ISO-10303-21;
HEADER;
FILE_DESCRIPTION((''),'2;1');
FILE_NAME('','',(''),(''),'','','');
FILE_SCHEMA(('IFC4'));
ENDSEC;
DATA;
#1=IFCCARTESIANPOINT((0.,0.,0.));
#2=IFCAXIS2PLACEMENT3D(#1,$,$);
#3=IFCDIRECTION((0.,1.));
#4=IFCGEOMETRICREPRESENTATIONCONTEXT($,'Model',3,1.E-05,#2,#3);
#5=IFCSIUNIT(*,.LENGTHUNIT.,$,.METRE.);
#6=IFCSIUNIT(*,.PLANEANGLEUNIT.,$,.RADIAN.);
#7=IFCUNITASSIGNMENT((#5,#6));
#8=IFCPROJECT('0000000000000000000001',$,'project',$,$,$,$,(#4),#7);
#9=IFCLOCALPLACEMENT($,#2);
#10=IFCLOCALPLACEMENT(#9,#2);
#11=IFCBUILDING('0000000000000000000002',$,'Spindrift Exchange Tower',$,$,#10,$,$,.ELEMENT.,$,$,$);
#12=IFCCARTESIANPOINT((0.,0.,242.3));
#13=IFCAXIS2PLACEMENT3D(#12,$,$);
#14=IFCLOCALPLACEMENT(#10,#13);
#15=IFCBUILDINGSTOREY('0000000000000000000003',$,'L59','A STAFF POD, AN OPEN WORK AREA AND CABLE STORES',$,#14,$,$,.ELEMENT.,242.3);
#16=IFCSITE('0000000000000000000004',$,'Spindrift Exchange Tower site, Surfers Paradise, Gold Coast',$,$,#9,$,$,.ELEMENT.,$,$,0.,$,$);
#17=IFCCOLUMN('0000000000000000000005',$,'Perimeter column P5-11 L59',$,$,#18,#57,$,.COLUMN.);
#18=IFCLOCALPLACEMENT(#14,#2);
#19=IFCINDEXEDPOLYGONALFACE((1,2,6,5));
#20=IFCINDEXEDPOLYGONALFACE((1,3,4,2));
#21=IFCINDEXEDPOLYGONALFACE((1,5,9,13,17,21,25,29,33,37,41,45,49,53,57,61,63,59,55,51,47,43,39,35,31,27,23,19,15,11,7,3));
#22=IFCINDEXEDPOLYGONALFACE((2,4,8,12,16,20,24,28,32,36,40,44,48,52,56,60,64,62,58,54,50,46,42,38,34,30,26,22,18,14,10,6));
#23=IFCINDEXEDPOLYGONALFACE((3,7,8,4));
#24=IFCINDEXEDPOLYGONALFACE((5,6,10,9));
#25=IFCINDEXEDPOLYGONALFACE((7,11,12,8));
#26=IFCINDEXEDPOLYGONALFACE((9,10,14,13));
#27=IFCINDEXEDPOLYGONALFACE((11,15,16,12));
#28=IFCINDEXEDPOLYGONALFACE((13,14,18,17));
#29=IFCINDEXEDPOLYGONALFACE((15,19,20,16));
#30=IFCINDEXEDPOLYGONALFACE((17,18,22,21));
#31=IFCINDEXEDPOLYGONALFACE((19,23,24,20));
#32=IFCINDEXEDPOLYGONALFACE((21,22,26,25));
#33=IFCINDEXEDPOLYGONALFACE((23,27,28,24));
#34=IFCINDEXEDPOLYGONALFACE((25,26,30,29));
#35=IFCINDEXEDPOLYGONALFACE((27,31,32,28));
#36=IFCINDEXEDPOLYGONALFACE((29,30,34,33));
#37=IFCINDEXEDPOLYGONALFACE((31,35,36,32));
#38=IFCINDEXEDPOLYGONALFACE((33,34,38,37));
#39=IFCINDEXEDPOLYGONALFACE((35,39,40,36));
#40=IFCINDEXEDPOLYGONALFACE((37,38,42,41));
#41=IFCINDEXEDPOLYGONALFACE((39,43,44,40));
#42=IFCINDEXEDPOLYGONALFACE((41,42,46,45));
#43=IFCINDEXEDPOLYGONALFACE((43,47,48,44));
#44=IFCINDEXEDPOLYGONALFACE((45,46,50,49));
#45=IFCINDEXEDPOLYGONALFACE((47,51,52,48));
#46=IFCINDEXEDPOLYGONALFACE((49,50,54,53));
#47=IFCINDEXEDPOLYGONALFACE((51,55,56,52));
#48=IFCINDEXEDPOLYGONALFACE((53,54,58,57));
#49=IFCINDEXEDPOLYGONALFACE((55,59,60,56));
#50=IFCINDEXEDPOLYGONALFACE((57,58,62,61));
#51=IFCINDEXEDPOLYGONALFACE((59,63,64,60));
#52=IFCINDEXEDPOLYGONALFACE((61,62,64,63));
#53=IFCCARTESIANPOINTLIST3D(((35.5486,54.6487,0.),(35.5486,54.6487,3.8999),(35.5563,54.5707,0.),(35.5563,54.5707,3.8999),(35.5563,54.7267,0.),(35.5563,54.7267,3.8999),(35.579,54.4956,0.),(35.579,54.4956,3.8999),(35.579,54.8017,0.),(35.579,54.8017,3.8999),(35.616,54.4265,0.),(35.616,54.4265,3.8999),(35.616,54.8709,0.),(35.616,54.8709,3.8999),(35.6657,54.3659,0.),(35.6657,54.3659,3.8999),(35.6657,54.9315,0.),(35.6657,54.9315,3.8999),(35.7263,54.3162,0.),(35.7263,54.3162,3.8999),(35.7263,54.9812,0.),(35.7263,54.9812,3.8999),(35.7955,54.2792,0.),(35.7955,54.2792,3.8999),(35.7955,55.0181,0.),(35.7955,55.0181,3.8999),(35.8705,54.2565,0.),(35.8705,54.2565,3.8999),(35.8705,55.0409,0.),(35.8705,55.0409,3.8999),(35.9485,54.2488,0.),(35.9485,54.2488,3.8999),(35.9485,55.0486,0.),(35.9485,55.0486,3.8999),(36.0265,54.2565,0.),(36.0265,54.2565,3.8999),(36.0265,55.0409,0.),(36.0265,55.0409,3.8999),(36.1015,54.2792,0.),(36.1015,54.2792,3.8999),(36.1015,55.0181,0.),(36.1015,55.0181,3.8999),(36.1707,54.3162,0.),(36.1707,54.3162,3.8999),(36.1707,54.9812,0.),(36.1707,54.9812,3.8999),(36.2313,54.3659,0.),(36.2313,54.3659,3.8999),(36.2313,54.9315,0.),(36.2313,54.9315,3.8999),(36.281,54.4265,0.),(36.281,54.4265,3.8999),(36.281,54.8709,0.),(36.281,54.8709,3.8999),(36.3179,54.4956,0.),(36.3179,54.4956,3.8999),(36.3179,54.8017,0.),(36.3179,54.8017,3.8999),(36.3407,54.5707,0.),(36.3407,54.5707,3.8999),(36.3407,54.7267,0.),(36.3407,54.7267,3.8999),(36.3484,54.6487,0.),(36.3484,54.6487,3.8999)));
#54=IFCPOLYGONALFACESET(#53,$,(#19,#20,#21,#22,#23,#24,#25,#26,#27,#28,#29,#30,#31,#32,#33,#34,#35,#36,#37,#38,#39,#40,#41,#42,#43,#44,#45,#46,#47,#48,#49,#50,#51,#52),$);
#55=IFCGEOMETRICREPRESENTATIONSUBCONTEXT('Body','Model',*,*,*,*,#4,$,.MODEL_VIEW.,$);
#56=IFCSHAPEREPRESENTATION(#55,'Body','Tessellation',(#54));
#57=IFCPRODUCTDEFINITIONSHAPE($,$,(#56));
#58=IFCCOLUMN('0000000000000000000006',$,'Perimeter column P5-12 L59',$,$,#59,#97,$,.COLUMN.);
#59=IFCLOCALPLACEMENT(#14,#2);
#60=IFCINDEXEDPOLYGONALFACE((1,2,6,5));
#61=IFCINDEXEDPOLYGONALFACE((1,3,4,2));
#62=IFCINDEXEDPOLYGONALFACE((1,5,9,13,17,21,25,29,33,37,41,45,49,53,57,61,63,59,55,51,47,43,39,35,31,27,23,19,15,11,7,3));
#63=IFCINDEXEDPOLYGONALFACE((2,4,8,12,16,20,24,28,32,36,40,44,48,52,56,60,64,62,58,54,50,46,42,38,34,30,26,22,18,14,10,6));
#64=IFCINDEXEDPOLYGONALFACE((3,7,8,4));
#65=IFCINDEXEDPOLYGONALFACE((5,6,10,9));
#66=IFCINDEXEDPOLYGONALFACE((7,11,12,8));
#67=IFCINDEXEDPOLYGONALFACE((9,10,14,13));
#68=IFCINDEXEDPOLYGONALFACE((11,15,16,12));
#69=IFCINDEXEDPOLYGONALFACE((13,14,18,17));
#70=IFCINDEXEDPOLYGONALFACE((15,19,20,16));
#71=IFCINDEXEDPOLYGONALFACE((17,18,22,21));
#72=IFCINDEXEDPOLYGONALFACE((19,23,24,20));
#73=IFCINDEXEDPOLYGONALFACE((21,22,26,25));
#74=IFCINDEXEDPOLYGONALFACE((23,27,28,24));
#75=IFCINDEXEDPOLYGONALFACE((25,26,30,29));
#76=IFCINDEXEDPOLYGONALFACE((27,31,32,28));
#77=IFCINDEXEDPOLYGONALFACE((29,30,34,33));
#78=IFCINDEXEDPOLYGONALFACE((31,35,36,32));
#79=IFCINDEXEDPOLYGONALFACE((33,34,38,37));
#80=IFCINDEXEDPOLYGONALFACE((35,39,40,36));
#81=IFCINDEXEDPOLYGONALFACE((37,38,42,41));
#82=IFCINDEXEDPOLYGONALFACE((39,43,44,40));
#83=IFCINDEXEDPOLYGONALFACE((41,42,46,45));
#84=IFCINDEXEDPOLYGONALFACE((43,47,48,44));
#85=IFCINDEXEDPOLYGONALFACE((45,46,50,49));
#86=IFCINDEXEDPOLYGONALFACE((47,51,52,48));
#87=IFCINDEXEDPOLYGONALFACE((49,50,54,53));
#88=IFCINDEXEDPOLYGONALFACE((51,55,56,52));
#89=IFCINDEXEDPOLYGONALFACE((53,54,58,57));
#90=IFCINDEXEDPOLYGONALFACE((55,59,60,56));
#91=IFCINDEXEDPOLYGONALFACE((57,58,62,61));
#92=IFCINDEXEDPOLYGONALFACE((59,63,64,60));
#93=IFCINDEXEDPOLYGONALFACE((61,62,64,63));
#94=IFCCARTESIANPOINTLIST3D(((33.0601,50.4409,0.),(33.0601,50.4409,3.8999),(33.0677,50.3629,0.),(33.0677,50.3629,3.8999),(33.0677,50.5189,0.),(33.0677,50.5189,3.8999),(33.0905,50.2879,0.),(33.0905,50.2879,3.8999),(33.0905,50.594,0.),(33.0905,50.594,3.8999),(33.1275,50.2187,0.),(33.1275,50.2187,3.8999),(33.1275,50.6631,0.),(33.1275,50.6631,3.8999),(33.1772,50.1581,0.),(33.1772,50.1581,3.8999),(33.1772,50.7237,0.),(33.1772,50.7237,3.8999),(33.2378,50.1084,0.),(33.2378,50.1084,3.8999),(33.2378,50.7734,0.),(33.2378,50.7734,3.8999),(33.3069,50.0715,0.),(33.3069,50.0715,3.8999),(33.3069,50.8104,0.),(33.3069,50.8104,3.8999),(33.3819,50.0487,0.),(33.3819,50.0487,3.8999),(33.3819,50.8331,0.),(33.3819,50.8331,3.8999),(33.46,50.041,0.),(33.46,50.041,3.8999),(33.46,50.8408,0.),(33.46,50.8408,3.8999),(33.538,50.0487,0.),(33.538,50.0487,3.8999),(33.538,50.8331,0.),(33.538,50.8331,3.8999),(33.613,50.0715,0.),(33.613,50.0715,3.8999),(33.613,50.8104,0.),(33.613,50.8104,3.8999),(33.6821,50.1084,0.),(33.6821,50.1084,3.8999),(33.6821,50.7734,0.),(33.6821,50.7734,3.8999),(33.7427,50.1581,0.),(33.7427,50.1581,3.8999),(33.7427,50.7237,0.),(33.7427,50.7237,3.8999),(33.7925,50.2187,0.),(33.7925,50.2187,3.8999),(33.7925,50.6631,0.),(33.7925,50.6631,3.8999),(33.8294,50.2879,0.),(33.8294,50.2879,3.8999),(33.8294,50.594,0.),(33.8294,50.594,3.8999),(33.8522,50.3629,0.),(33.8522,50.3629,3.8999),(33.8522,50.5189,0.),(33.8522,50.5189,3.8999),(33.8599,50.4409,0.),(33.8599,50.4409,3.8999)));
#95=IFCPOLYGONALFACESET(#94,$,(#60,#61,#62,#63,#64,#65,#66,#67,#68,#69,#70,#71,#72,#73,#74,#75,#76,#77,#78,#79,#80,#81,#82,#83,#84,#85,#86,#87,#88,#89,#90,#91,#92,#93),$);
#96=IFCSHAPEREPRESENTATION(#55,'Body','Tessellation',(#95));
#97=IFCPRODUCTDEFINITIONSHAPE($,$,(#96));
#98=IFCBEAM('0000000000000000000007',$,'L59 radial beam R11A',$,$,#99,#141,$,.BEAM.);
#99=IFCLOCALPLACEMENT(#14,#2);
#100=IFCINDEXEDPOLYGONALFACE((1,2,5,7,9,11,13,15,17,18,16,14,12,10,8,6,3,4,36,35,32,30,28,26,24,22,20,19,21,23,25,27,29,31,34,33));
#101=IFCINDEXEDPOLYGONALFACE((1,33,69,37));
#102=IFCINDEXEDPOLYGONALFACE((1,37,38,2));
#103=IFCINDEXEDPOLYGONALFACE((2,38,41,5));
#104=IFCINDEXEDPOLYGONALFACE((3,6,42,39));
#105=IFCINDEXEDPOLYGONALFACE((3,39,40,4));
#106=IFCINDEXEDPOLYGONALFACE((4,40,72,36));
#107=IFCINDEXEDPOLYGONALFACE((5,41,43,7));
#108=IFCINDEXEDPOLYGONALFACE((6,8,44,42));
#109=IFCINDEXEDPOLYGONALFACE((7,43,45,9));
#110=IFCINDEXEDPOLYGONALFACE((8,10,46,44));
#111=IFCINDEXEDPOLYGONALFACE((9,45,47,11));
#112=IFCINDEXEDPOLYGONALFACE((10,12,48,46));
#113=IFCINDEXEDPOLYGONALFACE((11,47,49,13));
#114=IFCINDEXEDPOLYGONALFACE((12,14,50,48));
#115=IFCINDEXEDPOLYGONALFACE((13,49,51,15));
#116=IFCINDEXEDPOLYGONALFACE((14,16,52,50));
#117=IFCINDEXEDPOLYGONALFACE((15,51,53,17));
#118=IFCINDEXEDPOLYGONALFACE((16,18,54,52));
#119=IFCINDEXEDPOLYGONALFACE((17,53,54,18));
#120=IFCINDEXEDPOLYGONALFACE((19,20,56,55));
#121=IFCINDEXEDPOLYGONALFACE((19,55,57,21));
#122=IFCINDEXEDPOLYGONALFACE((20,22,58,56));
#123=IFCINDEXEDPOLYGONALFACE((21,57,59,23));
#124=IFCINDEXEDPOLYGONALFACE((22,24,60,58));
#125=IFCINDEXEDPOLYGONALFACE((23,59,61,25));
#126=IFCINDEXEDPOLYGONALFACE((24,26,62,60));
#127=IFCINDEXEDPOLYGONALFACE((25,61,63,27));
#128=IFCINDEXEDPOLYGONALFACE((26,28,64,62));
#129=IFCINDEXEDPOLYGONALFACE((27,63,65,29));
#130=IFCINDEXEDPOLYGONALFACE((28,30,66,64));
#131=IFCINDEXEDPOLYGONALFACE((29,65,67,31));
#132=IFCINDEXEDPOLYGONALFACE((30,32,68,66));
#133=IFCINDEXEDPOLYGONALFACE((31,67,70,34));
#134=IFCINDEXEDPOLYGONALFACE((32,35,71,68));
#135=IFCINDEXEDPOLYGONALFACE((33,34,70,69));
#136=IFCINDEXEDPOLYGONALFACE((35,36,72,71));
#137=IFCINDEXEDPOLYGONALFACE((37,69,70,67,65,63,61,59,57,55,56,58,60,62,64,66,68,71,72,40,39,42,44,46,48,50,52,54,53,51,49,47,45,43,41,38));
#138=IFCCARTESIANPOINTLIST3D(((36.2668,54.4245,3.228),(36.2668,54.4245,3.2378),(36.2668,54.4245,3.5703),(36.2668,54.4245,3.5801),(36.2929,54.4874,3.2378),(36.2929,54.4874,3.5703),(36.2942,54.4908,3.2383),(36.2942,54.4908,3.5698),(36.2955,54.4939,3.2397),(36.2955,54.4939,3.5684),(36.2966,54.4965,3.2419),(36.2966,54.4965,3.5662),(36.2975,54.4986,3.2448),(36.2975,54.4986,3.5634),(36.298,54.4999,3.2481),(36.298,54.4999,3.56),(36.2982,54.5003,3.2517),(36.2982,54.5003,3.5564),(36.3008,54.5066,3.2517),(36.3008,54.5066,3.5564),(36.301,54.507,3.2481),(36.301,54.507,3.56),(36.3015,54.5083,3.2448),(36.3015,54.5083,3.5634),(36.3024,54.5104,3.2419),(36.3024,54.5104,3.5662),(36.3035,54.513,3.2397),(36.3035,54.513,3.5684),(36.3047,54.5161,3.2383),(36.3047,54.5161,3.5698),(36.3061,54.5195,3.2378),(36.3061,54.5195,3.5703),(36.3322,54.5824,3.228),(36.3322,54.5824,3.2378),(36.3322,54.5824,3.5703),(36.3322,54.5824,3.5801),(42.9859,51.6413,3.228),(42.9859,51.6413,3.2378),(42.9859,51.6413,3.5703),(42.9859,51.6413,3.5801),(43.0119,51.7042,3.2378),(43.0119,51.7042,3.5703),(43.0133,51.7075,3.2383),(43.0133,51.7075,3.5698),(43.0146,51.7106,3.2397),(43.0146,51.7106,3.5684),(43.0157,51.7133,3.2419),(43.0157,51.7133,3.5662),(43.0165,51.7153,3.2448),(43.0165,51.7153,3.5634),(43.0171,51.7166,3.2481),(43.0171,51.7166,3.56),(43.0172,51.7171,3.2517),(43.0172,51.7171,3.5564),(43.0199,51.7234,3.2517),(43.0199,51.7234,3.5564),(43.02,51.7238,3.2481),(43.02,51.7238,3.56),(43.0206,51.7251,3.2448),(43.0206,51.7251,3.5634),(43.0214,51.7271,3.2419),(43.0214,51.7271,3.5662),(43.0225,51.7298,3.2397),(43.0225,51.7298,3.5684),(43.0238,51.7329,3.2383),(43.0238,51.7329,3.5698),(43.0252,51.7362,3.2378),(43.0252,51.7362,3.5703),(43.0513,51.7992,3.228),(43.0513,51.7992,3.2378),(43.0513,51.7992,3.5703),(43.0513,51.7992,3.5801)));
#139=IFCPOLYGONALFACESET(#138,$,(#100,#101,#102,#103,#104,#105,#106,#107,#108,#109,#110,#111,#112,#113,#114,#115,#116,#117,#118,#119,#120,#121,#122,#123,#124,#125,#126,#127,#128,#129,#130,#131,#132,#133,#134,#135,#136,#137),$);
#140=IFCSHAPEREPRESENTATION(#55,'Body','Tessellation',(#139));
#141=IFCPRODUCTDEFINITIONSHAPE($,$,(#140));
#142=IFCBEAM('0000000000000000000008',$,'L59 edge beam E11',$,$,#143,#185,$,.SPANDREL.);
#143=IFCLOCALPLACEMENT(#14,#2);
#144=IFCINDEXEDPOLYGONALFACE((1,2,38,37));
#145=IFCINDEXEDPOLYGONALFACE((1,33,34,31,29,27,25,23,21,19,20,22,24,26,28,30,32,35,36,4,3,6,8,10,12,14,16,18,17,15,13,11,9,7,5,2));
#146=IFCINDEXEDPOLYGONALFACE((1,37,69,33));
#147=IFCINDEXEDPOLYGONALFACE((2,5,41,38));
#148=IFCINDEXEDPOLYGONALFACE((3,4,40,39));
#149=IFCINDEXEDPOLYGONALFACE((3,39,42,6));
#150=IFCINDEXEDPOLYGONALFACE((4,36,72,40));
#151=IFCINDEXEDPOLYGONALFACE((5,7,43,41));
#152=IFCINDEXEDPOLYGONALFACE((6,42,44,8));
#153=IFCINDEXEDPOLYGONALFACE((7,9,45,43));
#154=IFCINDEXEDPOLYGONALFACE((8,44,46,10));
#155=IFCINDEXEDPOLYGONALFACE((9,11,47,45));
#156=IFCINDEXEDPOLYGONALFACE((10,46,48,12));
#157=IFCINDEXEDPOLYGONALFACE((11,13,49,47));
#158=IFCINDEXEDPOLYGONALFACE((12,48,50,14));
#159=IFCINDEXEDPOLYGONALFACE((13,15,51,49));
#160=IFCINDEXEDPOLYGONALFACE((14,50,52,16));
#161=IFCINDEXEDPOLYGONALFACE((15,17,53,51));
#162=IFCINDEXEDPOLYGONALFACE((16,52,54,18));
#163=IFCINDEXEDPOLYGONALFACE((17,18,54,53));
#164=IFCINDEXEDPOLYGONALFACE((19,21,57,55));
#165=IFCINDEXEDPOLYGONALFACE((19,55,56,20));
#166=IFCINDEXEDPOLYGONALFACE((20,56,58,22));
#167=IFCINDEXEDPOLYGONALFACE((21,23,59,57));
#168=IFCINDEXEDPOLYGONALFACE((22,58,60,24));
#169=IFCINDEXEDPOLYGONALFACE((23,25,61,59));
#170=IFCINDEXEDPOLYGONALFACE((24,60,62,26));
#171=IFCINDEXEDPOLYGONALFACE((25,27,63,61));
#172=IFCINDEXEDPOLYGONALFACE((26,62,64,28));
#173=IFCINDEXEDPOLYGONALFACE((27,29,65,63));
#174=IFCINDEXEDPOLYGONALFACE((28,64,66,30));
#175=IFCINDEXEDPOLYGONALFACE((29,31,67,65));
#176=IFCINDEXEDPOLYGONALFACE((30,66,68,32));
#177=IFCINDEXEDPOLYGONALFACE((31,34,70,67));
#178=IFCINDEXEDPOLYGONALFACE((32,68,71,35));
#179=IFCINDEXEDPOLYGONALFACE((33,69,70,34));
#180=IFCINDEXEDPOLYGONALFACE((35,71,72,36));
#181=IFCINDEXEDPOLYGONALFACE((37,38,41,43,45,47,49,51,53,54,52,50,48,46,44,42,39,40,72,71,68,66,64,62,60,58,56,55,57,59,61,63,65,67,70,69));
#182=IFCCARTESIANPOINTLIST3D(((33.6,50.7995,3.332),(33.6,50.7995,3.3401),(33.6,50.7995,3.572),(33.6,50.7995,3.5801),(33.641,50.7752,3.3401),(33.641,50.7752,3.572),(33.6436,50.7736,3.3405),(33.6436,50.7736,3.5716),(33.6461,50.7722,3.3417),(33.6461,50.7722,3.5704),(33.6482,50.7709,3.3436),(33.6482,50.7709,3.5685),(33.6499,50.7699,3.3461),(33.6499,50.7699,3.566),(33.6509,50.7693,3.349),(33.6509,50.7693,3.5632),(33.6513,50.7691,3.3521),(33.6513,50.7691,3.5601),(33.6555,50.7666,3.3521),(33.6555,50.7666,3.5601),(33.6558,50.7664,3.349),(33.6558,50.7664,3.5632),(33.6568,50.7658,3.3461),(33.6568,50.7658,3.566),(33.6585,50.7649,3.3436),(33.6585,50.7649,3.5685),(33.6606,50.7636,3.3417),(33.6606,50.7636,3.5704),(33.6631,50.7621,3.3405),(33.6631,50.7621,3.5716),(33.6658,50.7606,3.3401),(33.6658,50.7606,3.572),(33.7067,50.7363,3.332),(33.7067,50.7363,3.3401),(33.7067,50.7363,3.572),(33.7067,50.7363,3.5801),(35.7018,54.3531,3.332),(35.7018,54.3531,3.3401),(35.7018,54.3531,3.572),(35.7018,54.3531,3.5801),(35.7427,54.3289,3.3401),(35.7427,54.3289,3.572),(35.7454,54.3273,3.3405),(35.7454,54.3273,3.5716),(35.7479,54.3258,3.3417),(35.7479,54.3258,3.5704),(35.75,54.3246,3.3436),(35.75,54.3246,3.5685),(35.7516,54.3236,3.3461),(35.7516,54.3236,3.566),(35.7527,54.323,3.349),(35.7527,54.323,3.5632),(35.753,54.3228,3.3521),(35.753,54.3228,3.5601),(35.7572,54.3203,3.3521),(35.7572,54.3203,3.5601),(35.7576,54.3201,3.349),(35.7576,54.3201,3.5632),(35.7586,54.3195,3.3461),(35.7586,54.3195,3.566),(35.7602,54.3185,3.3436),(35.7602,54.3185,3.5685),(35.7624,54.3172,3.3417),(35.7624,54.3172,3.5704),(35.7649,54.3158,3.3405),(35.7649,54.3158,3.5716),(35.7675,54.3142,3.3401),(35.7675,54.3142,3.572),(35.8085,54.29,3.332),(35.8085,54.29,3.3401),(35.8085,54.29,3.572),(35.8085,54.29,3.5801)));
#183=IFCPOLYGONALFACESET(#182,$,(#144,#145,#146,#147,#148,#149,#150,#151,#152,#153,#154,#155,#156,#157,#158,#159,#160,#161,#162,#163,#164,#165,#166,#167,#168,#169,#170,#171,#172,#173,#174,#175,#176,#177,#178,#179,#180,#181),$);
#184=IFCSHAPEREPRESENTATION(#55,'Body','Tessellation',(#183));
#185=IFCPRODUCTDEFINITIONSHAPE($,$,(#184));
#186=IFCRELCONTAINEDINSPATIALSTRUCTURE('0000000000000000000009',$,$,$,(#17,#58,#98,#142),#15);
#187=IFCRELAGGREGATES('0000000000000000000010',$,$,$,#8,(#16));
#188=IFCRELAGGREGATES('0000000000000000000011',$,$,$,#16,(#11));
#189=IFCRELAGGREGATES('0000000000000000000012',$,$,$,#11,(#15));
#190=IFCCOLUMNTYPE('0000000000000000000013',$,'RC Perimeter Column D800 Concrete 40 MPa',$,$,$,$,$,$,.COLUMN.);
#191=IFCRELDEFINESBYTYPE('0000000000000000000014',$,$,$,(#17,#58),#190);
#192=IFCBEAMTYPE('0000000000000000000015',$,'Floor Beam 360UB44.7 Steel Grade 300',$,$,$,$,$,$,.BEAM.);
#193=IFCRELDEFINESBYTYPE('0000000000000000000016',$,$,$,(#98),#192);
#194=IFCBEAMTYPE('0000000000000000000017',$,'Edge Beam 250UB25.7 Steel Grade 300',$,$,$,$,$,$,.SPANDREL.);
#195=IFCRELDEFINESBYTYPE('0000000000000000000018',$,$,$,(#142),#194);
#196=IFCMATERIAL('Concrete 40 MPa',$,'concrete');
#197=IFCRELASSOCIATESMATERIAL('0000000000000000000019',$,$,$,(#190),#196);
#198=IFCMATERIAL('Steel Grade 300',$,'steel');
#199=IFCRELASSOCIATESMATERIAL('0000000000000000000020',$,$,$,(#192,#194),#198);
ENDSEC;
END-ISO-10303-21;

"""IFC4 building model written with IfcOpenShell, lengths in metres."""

from ifc_helpers import new_model, si_unit, direction, frame, origin, origin_2d, place, context, subcontext, project, spatial, circle, i_section, extrude, source, transform, mapped, material, material_profile, profile_set, type_object, element, save


model = new_model("IFC4")

# Units and contexts
model_context = context("Model", 3, precision=1e-05, world=origin(), true_north=direction((0.0, 1.0)))
body_context = subcontext(model_context, "Body", "Model", "MODEL_VIEW")
ifc_project = project(units=[si_unit("LENGTHUNIT", "METRE"), si_unit("PLANEANGLEUNIT", "RADIAN")], contexts=[model_context])

# Site, building, storey
site_placement = place(None, origin())
site = spatial("IfcSite", under=ifc_project, at=site_placement, Name="Spindrift Exchange Tower site, Surfers Paradise, Gold Coast", CompositionType="ELEMENT", RefElevation=0.0)
building_placement = place(site_placement, origin())
building = spatial("IfcBuilding", under=site, at=building_placement, Name="Spindrift Exchange Tower", CompositionType="ELEMENT")
storey_placement = place(building_placement, frame((0.0, 0.0, 242.3)))
storey = spatial("IfcBuildingStorey", under=building, at=storey_placement, Name="L59", Description="A STAFF POD, AN OPEN WORK AREA AND CABLE STORES", CompositionType="ELEMENT", Elevation=242.3)

# Columns
ifc_material_1 = material(Name="Concrete 40 MPa", Category="concrete")
ifc_material_profile_1 = material_profile(ifc_material_1, circle(Radius=0.3999, at=origin_2d()), Name="RC D800")
ifc_profile_set_1 = profile_set([ifc_material_profile_1], Name="Concrete 40 MPa")
column_type = type_object("IfcColumnType", Name="RC Perimeter Column D800 Concrete 40 MPa", PredefinedType="COLUMN", material=ifc_profile_set_1)
shared_shape_1 = source(origin(), body_context, "Body", "SweptSolid", [
    extrude(circle(Radius=0.3999, at=origin_2d()), origin(), (0.0, 0.0, 1.0), 3.8999),
])
for number, where, z_axis, x_axis, name in (
    (1, (35.9485, 54.6487, 0.0), (0.0, 0.0, 1.0), (1.0, 0.0, 0.0), "Perimeter column P5-11 L59"),
    (2, (33.46, 50.4409, 0.0), (0.0, 0.0, 1.0), (1.0, 0.0, 0.0), "Perimeter column P5-12 L59"),
):
    element("IfcColumn", number, at=place(storey_placement, frame(where, z_axis=z_axis, x_axis=x_axis)), inside=storey, type_object=column_type, Name=name, PredefinedType="COLUMN", context=body_context, shape_type="MappedRepresentation", body=[
        mapped(shared_shape_1, transform((0.0, 0.0, 0.0), scale=1.0)),
    ])

# Beams
ifc_material_2 = material(Name="Steel Grade 300", Category="steel")
ifc_material_profile_2 = material_profile(ifc_material_2, i_section(OverallWidth=0.1709, OverallDepth=0.3521, WebThickness=0.0068, FlangeThickness=0.0098, FilletRadius=0.0139, at=origin_2d()), Name="360UB44.7")
ifc_profile_set_2 = profile_set([ifc_material_profile_2], Name="Steel Grade 300")
beam_type_1 = type_object("IfcBeamType", Name="Floor Beam 360UB44.7 Steel Grade 300", PredefinedType="BEAM", material=ifc_profile_set_2)
shared_shape_2 = source(origin(), body_context, "Body", "SweptSolid", [
    extrude(i_section(OverallWidth=0.1709, OverallDepth=0.3521, WebThickness=0.0068, FlangeThickness=0.0098, FilletRadius=0.0139, at=origin_2d()), origin(), (0.0, 0.0, 1.0), 7.2727),
])
beam_1_placement = place(storey_placement, frame((43.0186, 51.7202, 3.4041), z_axis=(-0.923874, 0.382696, 0.0), x_axis=(-0.382696, -0.923874, 0.0)))
element("IfcBeam", 3, at=beam_1_placement, inside=storey, type_object=beam_type_1, Name="L59 radial beam R11A", PredefinedType="BEAM", context=body_context, shape_type="MappedRepresentation", body=[
    mapped(shared_shape_2, transform((0.0, 0.0, 0.0), scale=1.0)),
])
ifc_material_profile_3 = material_profile(ifc_material_2, i_section(OverallWidth=0.124, OverallDepth=0.248, WebThickness=0.0049, FlangeThickness=0.0081, FilletRadius=0.012, at=origin_2d()), Name="250UB25.7")
ifc_profile_set_3 = profile_set([ifc_material_profile_3], Name="Steel Grade 300")
beam_type_2 = type_object("IfcBeamType", Name="Edge Beam 250UB25.7 Steel Grade 300", PredefinedType="SPANDREL", material=ifc_profile_set_3)
shared_shape_3 = source(origin(), body_context, "Body", "SweptSolid", [
    extrude(i_section(OverallWidth=0.124, OverallDepth=0.248, WebThickness=0.0049, FlangeThickness=0.0081, FilletRadius=0.012, at=origin_2d()), origin(), (0.0, 0.0, 1.0), 4.1287),
])
beam_2_placement = place(storey_placement, frame((35.7551, 54.3215, 3.4561), z_axis=(-0.509068, -0.860726, 0.0), x_axis=(0.860726, -0.509068, 0.0)))
element("IfcBeam", 4, at=beam_2_placement, inside=storey, type_object=beam_type_2, Name="L59 edge beam E11", PredefinedType="SPANDREL", context=body_context, shape_type="MappedRepresentation", body=[
    mapped(shared_shape_3, transform((0.0, 0.0, 0.0), scale=1.0)),
])

save(model, "model.ifc")
